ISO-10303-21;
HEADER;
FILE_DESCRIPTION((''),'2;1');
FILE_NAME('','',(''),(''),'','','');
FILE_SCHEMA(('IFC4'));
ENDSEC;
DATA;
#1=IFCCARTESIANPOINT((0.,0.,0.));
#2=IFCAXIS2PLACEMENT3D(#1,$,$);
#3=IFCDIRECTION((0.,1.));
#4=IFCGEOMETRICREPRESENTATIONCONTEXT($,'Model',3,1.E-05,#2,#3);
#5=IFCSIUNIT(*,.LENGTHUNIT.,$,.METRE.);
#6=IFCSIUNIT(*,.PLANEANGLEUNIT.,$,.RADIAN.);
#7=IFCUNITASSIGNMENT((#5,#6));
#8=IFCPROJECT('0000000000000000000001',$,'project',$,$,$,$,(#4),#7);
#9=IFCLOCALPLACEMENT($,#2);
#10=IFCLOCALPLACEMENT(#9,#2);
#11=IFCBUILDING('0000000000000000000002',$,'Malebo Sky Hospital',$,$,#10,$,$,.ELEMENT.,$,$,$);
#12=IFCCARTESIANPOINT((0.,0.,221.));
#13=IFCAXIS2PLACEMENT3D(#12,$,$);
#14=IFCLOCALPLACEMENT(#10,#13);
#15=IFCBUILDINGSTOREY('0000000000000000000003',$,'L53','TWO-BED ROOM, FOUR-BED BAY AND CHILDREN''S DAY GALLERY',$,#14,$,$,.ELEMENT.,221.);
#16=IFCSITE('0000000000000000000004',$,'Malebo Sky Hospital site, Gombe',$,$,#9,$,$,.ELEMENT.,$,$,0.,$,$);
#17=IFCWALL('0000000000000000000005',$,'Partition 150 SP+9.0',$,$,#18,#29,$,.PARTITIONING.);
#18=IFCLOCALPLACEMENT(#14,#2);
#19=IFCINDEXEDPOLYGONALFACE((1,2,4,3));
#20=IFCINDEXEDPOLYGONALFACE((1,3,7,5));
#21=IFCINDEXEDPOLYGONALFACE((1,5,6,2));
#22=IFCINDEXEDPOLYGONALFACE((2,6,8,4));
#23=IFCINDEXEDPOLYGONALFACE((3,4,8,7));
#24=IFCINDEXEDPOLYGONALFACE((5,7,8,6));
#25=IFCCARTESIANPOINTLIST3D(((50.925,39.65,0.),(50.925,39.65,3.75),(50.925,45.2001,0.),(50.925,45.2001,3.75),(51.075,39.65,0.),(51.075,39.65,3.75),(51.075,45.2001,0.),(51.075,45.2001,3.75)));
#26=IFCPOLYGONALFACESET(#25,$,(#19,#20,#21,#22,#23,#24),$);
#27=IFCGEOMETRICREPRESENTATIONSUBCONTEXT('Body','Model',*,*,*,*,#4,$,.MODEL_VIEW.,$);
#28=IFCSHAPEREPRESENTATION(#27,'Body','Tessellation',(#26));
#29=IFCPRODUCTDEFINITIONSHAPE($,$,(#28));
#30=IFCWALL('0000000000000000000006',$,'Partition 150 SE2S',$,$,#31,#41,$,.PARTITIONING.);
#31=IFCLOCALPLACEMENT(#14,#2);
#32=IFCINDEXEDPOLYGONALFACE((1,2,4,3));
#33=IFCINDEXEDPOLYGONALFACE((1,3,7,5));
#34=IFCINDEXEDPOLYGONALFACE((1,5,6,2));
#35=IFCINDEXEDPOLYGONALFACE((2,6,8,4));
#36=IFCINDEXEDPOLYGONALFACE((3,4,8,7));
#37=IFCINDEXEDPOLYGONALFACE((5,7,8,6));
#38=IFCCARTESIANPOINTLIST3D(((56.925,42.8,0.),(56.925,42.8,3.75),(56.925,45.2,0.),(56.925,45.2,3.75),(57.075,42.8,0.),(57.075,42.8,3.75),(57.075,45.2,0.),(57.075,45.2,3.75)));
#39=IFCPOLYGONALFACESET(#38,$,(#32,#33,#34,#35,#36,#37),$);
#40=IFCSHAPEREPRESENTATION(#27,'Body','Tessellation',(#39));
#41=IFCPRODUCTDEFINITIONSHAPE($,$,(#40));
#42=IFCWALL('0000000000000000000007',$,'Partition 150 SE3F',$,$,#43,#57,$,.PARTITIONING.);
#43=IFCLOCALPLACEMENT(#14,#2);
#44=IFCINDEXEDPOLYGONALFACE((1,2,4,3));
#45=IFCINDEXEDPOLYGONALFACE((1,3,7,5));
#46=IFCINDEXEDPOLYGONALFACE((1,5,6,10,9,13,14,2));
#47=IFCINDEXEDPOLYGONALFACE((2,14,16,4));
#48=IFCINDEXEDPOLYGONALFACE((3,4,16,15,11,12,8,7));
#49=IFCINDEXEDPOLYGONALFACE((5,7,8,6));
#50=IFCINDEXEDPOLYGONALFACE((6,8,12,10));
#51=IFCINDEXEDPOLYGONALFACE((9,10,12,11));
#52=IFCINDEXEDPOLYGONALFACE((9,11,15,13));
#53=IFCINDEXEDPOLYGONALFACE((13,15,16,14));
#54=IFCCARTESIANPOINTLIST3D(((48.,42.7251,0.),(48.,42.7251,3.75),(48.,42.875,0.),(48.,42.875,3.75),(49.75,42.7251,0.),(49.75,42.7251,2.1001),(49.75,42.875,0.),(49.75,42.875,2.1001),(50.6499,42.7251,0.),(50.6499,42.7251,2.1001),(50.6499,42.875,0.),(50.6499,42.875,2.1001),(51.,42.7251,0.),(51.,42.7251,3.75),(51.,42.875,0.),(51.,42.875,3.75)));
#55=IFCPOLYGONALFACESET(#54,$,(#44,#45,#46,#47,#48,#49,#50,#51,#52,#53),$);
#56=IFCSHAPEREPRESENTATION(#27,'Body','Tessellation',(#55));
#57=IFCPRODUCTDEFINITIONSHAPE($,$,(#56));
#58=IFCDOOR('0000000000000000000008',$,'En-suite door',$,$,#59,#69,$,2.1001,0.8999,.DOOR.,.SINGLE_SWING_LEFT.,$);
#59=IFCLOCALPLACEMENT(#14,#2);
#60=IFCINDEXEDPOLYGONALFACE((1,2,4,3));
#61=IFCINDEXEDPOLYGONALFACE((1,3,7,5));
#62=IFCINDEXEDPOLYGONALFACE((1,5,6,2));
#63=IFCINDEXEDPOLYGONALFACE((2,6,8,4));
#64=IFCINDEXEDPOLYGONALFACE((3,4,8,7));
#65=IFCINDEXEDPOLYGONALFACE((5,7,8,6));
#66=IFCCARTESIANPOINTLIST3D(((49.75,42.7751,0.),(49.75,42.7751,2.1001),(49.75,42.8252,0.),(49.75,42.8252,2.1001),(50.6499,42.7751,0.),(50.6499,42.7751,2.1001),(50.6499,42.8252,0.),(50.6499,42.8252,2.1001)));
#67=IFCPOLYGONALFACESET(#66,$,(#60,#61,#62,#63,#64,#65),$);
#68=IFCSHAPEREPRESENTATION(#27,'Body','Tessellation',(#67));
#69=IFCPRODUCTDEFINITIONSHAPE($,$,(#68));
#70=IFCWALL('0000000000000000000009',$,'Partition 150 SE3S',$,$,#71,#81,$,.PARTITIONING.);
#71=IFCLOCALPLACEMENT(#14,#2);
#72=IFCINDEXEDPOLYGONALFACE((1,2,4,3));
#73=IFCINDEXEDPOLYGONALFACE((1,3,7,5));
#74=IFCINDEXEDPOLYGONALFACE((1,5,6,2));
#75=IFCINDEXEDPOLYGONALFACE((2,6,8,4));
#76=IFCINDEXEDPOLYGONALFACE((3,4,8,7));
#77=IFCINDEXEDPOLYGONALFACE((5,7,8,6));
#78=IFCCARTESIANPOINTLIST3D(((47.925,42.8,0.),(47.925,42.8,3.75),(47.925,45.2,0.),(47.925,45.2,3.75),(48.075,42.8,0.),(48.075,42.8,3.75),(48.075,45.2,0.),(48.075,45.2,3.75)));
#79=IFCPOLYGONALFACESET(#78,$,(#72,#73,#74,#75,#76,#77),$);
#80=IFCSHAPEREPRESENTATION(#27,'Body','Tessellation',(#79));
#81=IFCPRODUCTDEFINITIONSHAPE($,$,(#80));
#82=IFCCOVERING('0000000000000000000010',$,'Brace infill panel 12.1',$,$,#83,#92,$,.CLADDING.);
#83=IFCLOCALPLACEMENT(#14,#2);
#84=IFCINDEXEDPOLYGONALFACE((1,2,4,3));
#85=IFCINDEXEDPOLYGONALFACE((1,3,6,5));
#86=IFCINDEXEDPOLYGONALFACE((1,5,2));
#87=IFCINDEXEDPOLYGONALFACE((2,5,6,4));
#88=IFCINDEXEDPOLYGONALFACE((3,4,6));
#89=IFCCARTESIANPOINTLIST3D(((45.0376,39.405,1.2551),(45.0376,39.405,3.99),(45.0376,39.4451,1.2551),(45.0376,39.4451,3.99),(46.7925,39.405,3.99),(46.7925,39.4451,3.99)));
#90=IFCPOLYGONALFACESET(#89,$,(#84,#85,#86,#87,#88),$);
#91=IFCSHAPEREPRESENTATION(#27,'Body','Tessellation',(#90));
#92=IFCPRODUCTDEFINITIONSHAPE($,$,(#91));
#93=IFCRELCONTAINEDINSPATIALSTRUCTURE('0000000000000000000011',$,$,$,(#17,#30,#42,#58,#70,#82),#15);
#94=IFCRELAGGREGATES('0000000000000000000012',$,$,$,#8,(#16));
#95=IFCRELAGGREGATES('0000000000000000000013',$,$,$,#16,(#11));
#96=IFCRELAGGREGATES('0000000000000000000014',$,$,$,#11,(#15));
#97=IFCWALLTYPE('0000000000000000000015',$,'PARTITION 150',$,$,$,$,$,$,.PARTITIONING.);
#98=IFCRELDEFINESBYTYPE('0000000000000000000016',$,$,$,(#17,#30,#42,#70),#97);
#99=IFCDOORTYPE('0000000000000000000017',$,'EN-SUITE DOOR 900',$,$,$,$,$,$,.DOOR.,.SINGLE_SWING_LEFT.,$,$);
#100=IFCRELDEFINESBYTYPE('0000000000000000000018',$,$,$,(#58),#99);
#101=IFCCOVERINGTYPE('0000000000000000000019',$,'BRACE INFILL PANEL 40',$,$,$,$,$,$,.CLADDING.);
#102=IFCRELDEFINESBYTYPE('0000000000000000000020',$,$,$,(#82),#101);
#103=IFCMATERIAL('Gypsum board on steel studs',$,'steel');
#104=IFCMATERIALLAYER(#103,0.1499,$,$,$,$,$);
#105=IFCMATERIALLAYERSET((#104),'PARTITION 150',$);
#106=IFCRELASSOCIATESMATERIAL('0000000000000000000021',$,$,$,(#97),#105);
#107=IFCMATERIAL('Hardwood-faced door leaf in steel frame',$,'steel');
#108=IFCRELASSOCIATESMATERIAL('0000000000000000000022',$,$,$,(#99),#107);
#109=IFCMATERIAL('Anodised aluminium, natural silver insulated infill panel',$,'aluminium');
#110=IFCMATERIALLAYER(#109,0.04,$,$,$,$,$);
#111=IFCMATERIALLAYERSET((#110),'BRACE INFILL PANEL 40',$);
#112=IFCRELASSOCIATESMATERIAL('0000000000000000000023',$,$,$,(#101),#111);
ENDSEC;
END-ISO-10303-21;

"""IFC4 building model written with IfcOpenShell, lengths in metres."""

from ifc_helpers import new_model, si_unit, direction, frame, frame_2d, origin, place, context, subcontext, project, spatial, polyline, rectangle, outline, extrude, material, layer, layer_set, type_object, element, fill, save


model = new_model("IFC4")

# Units and contexts
model_context = context("Model", 3, precision=1e-05, world=origin(), true_north=direction((0.0, 1.0)))
body_context = subcontext(model_context, "Body", "Model", "MODEL_VIEW")
ifc_project = project(units=[si_unit("LENGTHUNIT", "METRE"), si_unit("PLANEANGLEUNIT", "RADIAN")], contexts=[model_context])

# Site, building, storey
site_placement = place(None, origin())
site = spatial("IfcSite", under=ifc_project, at=site_placement, Name="Malebo Sky Hospital site, Gombe", CompositionType="ELEMENT", RefElevation=0.0)
building_placement = place(site_placement, origin())
building = spatial("IfcBuilding", under=site, at=building_placement, Name="Malebo Sky Hospital", CompositionType="ELEMENT")
storey_placement = place(building_placement, frame((0.0, 0.0, 221.0)))
storey = spatial("IfcBuildingStorey", under=building, at=storey_placement, Name="L53", Description="TWO-BED ROOM, FOUR-BED BAY AND CHILDREN'S DAY GALLERY", CompositionType="ELEMENT", Elevation=221.0)

# Walls
ifc_material_1 = material(Name="Gypsum board on steel studs", Category="steel")
ifc_layer_1 = layer(ifc_material_1, 0.1499)
ifc_layer_set_1 = layer_set([ifc_layer_1], Name="PARTITION 150")
wall_type = type_object("IfcWallType", Name="PARTITION 150", PredefinedType="PARTITIONING", material=ifc_layer_set_1)
for number, where, z_axis, x_axis, name in (
    (1, (51.0, 45.2, 0.0), (0.0, 0.0, 1.0), (0.0, -1.0, 0.0), "Partition 150 SP+9.0"),
):
    element("IfcWall", number, at=place(storey_placement, frame(where, z_axis=z_axis, x_axis=x_axis)), inside=storey, type_object=wall_type, Name=name, PredefinedType="PARTITIONING", context=body_context, shape_type="SweptSolid", body=[
        extrude(rectangle(XDim=5.55, YDim=0.1499, at=frame_2d((2.7749, 0.0))), origin(), (0.0, 0.0, 1.0), 3.75),
    ])
wall_1_placement = place(storey_placement, frame((57.0, 45.2, 0.0), z_axis=(0.0, 0.0, 1.0), x_axis=(0.0, -1.0, 0.0)))
element("IfcWall", 2, at=wall_1_placement, inside=storey, type_object=wall_type, Name="Partition 150 SE2S", PredefinedType="PARTITIONING", context=body_context, shape_type="SweptSolid", body=[
    extrude(rectangle(XDim=2.3999, YDim=0.1499, at=frame_2d((1.2, 0.0))), origin(), (0.0, 0.0, 1.0), 3.75),
])

# Wall, opening, door
wall_2_placement = place(storey_placement, frame((51.0, 42.8, 0.0), z_axis=(0.0, 0.0, 1.0), x_axis=(-1.0, 0.0, 0.0)))
wall_2 = element("IfcWall", 3, at=wall_2_placement, inside=storey, type_object=wall_type, Name="Partition 150 SE3F", PredefinedType="PARTITIONING", context=body_context, shape_type="SweptSolid", body=[
    extrude(rectangle(XDim=3.0, YDim=0.1499, at=frame_2d((1.5, 0.0))), origin(), (0.0, 0.0, 1.0), 3.75),
])
opening_placement = place(wall_2_placement, frame((0.3501, 0.0, 0.0)))
opening = element("IfcOpeningElement", 4, at=opening_placement, cuts=wall_2, PredefinedType="OPENING", context=body_context, shape_type="SweptSolid", body=[
    extrude(rectangle(XDim=0.8999, YDim=2.1001, at=frame_2d((0.45, 1.05))), frame((0.0, 0.085, 0.0), z_axis=(0.0, -1.0, 0.0), x_axis=(1.0, 0.0, 0.0)), (0.0, 0.0, 1.0), 0.1699),
])
ifc_material_2 = material(Name="Hardwood-faced door leaf in steel frame", Category="steel")
door_type = type_object("IfcDoorType", Name="EN-SUITE DOOR 900", OperationType="SINGLE_SWING_LEFT", PredefinedType="DOOR", material=ifc_material_2)
door_placement = place(opening_placement, origin())
door = element("IfcDoor", 5, at=door_placement, inside=storey, type_object=door_type, Name="En-suite door", OperationType="SINGLE_SWING_LEFT", OverallHeight=2.1001, OverallWidth=0.8999, PredefinedType="DOOR", context=body_context, shape_type="SweptSolid", body=[
    extrude(rectangle(XDim=0.8999, YDim=2.1001, at=frame_2d((0.45, 1.05))), frame((0.0, 0.0249, 0.0), z_axis=(0.0, -1.0, 0.0), x_axis=(1.0, 0.0, 0.0)), (0.0, 0.0, 1.0), 0.05),
])
fill(opening, door)

# Wall
wall_3_placement = place(storey_placement, frame((48.0, 45.2, 0.0), z_axis=(0.0, 0.0, 1.0), x_axis=(0.0, -1.0, 0.0)))
element("IfcWall", 6, at=wall_3_placement, inside=storey, type_object=wall_type, Name="Partition 150 SE3S", PredefinedType="PARTITIONING", context=body_context, shape_type="SweptSolid", body=[
    extrude(rectangle(XDim=2.3999, YDim=0.1499, at=frame_2d((1.2, 0.0))), origin(), (0.0, 0.0, 1.0), 3.75),
])

# Covering
ifc_material_3 = material(Name="Anodised aluminium, natural silver insulated infill panel", Category="aluminium")
ifc_layer_2 = layer(ifc_material_3, 0.04)
ifc_layer_set_2 = layer_set([ifc_layer_2], Name="BRACE INFILL PANEL 40")
covering_type = type_object("IfcCoveringType", Name="BRACE INFILL PANEL 40", PredefinedType="CLADDING", material=ifc_layer_set_2)
covering_placement = place(storey_placement, frame((45.915, 39.425, 1.2551), z_axis=(0.0, 0.0, 1.0), x_axis=(-1.0, 0.0, 0.0)))
element("IfcCovering", 7, at=covering_placement, inside=storey, type_object=covering_type, Name="Brace infill panel 12.1", PredefinedType="CLADDING", context=body_context, shape_type="SweptSolid", body=[
    extrude(outline(polyline([(0.8774, 0.0), (0.8774, 2.7349), (-0.8774, 2.7349), (0.8774, 0.0)])), frame((0.0, 0.02, 0.0), z_axis=(0.0, -1.0, 0.0), x_axis=(1.0, 0.0, 0.0)), (0.0, 0.0, 1.0), 0.04),
])

save(model, "model.ifc")
